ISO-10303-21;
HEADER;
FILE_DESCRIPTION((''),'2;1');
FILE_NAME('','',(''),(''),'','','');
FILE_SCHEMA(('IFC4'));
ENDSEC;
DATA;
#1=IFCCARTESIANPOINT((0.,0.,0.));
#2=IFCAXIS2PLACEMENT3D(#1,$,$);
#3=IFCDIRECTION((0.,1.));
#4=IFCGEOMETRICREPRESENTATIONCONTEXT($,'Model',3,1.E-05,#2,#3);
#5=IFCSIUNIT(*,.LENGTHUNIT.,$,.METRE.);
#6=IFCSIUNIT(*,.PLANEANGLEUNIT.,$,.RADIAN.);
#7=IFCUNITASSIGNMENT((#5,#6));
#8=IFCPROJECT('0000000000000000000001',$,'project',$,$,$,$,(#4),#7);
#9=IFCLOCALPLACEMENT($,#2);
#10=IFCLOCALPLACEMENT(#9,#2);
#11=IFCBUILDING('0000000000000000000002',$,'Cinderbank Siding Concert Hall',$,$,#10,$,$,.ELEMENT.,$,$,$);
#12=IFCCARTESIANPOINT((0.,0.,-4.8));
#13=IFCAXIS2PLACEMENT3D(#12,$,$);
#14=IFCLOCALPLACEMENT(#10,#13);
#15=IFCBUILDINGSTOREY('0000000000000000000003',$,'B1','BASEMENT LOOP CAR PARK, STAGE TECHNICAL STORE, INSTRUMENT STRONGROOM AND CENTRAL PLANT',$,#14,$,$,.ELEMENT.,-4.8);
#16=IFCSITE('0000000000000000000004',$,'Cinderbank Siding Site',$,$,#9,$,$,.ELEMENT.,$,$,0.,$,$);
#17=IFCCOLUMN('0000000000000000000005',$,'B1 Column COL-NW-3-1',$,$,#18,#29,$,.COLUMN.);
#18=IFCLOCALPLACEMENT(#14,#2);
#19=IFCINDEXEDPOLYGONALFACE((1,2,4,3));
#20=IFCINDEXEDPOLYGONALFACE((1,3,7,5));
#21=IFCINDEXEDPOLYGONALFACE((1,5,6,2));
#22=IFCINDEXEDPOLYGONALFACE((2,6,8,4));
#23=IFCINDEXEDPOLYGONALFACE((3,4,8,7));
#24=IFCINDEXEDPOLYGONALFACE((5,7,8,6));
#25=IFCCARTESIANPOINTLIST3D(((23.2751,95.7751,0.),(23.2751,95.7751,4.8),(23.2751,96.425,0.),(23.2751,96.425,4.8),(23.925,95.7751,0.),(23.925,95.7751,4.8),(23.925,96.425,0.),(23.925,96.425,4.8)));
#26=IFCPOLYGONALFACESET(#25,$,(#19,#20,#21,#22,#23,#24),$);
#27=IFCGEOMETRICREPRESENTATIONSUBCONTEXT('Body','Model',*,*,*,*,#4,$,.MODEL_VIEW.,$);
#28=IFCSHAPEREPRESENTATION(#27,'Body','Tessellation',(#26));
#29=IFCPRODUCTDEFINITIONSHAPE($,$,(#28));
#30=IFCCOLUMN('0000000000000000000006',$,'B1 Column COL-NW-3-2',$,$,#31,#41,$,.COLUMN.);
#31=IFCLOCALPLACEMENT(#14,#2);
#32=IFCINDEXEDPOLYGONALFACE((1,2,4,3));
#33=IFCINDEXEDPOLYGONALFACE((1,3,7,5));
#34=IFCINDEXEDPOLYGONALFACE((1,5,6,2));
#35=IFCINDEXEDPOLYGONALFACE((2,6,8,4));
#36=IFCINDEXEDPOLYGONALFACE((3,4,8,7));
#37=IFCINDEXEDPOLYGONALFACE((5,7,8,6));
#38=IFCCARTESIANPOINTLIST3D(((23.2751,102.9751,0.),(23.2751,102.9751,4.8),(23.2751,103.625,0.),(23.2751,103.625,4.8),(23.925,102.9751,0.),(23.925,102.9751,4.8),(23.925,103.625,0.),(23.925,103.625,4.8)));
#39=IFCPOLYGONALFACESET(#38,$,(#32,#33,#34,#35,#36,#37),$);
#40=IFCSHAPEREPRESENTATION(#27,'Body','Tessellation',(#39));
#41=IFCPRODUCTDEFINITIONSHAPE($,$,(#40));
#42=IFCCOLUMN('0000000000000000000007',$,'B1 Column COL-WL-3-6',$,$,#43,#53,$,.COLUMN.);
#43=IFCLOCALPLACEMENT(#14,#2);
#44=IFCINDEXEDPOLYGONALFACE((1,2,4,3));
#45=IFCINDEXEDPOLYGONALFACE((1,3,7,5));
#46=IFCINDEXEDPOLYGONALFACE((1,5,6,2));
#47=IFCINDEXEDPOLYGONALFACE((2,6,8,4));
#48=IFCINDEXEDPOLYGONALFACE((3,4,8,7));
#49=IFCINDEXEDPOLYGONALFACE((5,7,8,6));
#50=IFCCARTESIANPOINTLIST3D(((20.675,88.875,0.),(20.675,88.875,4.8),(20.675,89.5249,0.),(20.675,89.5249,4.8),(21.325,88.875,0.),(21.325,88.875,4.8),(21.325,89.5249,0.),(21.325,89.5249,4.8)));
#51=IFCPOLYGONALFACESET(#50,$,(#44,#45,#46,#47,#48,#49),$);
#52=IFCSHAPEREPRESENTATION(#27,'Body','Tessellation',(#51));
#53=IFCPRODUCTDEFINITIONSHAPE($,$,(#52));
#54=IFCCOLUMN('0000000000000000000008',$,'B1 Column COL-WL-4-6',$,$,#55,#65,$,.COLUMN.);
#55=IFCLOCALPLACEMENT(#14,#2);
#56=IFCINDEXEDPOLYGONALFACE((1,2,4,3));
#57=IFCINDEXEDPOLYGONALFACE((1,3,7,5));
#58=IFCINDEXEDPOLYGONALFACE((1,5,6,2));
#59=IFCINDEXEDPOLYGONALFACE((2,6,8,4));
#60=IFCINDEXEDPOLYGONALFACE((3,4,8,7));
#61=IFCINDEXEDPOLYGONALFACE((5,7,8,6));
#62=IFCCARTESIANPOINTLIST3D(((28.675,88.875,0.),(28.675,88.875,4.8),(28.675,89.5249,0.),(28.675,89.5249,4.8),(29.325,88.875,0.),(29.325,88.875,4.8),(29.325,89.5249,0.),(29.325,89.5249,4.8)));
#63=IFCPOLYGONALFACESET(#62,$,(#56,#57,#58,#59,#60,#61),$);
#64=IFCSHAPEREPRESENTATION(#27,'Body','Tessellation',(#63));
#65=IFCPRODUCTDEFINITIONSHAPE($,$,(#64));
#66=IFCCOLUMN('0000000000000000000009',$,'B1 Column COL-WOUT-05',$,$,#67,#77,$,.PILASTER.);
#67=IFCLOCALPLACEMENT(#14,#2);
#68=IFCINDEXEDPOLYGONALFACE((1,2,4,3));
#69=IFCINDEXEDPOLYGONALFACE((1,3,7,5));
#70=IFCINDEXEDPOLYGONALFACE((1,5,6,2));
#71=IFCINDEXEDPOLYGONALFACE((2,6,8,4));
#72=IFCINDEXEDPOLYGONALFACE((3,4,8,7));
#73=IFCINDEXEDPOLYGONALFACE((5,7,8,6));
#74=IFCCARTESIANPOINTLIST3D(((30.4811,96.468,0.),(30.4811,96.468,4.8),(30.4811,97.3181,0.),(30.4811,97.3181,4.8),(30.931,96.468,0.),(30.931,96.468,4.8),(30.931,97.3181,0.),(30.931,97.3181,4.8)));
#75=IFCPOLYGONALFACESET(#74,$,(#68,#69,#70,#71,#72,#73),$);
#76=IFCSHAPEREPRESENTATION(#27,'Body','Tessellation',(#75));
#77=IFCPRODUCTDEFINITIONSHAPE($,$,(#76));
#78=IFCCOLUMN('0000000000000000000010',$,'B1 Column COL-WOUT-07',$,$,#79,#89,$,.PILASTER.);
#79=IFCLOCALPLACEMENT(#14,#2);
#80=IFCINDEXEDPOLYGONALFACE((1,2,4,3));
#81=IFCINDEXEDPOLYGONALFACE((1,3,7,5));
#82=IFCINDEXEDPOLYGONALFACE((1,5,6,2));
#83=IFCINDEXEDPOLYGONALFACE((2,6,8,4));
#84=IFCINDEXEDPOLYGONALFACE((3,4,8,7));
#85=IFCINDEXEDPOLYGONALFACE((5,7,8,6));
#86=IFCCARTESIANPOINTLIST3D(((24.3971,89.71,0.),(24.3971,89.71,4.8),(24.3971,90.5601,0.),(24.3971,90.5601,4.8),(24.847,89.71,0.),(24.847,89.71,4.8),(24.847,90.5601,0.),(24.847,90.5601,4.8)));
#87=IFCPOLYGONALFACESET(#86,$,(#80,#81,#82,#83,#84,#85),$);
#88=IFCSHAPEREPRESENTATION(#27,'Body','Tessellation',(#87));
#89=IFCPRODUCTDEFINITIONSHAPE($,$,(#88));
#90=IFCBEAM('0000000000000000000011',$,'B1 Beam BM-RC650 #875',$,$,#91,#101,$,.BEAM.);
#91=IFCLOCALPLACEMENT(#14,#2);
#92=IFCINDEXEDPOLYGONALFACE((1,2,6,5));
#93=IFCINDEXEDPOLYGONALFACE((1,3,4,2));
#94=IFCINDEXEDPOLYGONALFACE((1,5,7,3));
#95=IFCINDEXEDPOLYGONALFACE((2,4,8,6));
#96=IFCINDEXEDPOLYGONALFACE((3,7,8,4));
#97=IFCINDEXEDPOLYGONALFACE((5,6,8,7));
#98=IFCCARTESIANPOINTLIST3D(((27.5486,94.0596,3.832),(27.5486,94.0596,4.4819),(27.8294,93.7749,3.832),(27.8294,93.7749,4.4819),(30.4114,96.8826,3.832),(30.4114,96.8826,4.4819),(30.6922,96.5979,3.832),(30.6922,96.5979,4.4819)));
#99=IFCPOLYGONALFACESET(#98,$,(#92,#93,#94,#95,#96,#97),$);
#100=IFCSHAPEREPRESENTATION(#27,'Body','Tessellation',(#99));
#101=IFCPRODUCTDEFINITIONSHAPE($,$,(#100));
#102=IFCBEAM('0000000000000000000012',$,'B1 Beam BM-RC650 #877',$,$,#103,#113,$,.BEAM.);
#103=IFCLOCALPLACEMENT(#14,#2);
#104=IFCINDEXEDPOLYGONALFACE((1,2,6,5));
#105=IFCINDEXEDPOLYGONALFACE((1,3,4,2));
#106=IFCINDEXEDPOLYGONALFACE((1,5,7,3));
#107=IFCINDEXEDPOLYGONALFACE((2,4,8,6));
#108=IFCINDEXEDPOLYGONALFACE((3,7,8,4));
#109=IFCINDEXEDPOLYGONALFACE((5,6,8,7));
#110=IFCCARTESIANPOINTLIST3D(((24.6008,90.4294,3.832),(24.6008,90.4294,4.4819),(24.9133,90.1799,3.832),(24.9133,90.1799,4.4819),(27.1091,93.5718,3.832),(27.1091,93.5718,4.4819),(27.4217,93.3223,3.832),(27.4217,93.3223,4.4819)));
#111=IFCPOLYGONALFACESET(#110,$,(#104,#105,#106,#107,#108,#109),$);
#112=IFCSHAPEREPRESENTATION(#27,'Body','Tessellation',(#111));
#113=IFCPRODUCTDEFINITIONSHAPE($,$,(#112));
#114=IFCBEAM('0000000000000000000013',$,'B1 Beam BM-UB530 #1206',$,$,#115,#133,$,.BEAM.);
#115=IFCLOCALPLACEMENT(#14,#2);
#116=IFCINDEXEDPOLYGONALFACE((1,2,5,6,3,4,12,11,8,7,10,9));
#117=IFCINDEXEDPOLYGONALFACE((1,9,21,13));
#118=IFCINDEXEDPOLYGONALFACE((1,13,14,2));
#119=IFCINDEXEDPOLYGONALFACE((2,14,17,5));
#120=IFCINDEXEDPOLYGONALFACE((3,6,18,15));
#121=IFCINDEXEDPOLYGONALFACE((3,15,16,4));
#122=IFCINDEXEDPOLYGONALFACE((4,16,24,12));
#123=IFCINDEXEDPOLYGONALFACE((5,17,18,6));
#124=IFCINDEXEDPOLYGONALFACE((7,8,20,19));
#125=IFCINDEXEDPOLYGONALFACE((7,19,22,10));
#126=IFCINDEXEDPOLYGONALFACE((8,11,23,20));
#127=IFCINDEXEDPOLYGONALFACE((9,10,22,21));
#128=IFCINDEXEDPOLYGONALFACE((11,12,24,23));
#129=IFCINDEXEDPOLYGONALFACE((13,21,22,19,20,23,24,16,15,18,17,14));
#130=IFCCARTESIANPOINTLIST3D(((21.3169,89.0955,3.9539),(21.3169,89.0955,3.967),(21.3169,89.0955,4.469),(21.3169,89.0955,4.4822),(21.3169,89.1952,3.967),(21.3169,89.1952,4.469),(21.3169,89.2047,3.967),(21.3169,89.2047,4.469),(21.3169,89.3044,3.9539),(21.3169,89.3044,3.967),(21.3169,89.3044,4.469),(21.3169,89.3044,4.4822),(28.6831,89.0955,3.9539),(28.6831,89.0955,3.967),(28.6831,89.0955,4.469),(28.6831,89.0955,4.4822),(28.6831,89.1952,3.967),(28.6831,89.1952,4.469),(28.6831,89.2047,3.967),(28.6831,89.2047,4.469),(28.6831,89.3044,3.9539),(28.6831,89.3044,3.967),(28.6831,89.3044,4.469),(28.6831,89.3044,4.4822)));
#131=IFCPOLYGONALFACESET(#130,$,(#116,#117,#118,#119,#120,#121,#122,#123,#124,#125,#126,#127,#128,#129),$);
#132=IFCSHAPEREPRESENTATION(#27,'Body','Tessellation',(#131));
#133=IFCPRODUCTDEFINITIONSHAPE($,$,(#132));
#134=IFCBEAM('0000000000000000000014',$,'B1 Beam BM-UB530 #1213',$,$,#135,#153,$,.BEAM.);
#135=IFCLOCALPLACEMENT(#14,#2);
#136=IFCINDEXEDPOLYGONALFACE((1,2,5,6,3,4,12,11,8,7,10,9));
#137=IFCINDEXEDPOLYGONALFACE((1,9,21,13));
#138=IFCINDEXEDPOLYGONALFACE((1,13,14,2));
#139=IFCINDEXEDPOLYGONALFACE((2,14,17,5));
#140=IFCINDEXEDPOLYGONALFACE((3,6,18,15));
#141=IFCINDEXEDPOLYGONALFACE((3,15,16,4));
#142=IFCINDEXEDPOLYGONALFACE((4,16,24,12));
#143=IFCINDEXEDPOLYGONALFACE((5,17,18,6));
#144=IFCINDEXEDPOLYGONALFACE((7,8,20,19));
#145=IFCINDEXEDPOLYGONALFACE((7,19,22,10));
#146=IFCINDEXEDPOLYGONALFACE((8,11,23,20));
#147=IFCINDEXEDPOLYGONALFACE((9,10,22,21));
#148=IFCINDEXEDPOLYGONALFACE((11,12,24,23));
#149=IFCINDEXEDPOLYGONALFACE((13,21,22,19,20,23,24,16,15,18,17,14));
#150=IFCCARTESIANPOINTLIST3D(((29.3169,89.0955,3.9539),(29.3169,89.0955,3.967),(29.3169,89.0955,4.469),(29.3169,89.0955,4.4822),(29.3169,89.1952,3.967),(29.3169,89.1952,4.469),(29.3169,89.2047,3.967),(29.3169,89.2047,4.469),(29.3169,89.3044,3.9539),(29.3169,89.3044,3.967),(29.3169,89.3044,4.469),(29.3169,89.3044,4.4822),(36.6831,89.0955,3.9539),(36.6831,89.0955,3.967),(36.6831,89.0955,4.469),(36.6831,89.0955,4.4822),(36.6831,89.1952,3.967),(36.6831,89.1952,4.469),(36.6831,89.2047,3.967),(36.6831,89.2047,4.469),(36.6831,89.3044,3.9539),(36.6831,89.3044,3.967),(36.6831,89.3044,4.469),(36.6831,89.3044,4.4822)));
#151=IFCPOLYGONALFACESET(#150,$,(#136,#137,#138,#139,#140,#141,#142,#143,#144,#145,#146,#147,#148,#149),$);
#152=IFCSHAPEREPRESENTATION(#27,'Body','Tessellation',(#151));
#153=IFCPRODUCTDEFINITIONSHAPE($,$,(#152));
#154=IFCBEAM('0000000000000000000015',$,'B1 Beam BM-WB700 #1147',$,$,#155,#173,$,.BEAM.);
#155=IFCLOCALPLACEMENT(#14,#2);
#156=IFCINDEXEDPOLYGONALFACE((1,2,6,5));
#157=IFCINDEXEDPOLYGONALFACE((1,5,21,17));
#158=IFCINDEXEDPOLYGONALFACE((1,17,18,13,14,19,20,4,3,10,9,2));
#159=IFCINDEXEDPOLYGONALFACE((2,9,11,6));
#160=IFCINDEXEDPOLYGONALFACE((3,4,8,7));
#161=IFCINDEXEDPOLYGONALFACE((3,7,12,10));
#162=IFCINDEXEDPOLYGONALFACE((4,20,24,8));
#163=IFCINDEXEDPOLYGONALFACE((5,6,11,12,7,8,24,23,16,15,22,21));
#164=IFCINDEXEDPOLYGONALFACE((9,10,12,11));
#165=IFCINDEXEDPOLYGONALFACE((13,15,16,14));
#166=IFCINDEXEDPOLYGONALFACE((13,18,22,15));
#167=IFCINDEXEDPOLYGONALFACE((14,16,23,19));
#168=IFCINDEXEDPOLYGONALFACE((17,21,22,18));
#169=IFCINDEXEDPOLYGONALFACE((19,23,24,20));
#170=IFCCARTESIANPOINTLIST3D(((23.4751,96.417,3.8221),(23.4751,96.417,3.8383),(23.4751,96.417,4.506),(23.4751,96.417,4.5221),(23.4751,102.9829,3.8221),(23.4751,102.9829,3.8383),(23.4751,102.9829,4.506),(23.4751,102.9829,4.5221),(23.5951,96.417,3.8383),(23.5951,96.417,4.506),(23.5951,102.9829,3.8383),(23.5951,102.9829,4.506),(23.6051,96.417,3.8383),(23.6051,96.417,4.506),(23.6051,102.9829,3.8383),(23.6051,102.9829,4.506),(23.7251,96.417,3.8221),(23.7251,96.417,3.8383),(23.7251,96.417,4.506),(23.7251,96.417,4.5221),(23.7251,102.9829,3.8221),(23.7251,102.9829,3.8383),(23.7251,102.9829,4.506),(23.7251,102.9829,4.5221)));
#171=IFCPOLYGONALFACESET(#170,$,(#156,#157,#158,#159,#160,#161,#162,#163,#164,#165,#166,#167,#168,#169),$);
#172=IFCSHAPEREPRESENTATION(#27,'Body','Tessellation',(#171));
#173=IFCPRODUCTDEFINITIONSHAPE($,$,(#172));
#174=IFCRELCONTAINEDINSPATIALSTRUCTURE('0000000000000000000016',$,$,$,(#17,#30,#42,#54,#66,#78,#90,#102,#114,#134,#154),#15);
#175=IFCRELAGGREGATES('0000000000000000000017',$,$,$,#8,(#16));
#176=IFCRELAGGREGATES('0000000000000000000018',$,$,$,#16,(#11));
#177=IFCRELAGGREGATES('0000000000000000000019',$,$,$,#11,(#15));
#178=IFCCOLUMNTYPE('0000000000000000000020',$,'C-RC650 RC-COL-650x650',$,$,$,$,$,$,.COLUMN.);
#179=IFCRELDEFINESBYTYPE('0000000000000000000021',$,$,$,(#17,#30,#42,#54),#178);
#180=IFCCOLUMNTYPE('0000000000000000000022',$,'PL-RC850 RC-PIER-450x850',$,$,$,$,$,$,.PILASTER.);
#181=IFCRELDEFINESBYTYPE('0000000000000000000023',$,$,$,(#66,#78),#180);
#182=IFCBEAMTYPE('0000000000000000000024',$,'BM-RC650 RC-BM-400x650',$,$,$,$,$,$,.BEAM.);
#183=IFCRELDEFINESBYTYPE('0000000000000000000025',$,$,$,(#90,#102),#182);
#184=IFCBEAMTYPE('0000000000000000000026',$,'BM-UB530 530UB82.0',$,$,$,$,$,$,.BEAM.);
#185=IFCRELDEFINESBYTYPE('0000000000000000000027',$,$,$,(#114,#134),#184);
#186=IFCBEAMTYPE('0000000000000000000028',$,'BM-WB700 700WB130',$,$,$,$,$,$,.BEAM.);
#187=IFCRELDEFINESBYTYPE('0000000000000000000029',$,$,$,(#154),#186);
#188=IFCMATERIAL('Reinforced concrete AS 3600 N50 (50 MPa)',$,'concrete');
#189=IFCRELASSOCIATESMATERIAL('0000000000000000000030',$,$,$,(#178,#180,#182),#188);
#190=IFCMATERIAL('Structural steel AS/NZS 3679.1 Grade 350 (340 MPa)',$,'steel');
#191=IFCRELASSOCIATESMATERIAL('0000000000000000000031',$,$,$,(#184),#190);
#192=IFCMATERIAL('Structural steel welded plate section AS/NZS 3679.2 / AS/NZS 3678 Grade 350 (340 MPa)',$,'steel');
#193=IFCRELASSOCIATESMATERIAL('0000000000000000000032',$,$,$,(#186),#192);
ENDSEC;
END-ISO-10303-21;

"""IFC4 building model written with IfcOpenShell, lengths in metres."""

from ifc_helpers import new_model, si_unit, direction, frame, origin, origin_2d, place, context, subcontext, project, spatial, rectangle, i_section, extrude, material, material_profile, profile_set, type_object, element, save


model = new_model("IFC4")

# Units and contexts
model_context = context("Model", 3, precision=1e-05, world=origin(), true_north=direction((0.0, 1.0)))
body_context = subcontext(model_context, "Body", "Model", "MODEL_VIEW")
ifc_project = project(units=[si_unit("LENGTHUNIT", "METRE"), si_unit("PLANEANGLEUNIT", "RADIAN")], contexts=[model_context])

# Site, building, storey
site_placement = place(None, origin())
site = spatial("IfcSite", under=ifc_project, at=site_placement, Name="Cinderbank Siding Site", CompositionType="ELEMENT", RefElevation=0.0)
building_placement = place(site_placement, origin())
building = spatial("IfcBuilding", under=site, at=building_placement, Name="Cinderbank Siding Concert Hall", CompositionType="ELEMENT")
storey_placement = place(building_placement, frame((0.0, 0.0, -4.8)))
storey = spatial("IfcBuildingStorey", under=building, at=storey_placement, Name="B1", Description="BASEMENT LOOP CAR PARK, STAGE TECHNICAL STORE, INSTRUMENT STRONGROOM AND CENTRAL PLANT", CompositionType="ELEMENT", Elevation=-4.8)

# Columns
ifc_material_1 = material(Name="Reinforced concrete AS 3600 N50 (50 MPa)", Category="concrete")
ifc_material_profile_1 = material_profile(ifc_material_1, rectangle(XDim=0.6499, YDim=0.6499, at=origin_2d()), Name="RC-COL-650x650", Category="LoadBearing")
ifc_profile_set_1 = profile_set([ifc_material_profile_1], Name="Reinforced concrete AS 3600 N50 (50 MPa)")
column_type_1 = type_object("IfcColumnType", Name="C-RC650 RC-COL-650x650", PredefinedType="COLUMN", material=ifc_profile_set_1)
for number, where, z_axis, x_axis, name in (
    (1, (23.6001, 96.1001, 0.0), (0.0, 0.0, 1.0), (1.0, 0.0, 0.0), "B1 Column COL-NW-3-1"),
    (2, (23.6001, 103.3, 0.0), (0.0, 0.0, 1.0), (1.0, 0.0, 0.0), "B1 Column COL-NW-3-2"),
    (3, (21.0, 89.2, 0.0), (0.0, 0.0, 1.0), (1.0, 0.0, 0.0), "B1 Column COL-WL-3-6"),
    (4, (29.0, 89.2, 0.0), (0.0, 0.0, 1.0), (1.0, 0.0, 0.0), "B1 Column COL-WL-4-6"),
):
    element("IfcColumn", number, at=place(storey_placement, frame(where, z_axis=z_axis, x_axis=x_axis)), inside=storey, type_object=column_type_1, Name=name, PredefinedType="COLUMN", context=body_context, shape_type="SweptSolid", body=[
        extrude(rectangle(XDim=0.6499, YDim=0.6499, at=origin_2d()), origin(), (0.0, 0.0, 1.0), 4.8),
    ])
ifc_material_profile_2 = material_profile(ifc_material_1, rectangle(XDim=0.45, YDim=0.8501, at=origin_2d()), Name="RC-PIER-450x850", Category="LoadBearing")
ifc_profile_set_2 = profile_set([ifc_material_profile_2], Name="Reinforced concrete AS 3600 N50 (50 MPa)")
column_type_2 = type_object("IfcColumnType", Name="PL-RC850 RC-PIER-450x850", PredefinedType="PILASTER", material=ifc_profile_set_2)
for number, where, z_axis, x_axis, name in (
    (5, (30.7061, 96.8931, 0.0), (0.0, 0.0, 1.0), (1.0, 0.0, 0.0), "B1 Column COL-WOUT-05"),
    (6, (24.6221, 90.135, 0.0), (0.0, 0.0, 1.0), (1.0, 0.0, 0.0), "B1 Column COL-WOUT-07"),
):
    element("IfcColumn", number, at=place(storey_placement, frame(where, z_axis=z_axis, x_axis=x_axis)), inside=storey, type_object=column_type_2, Name=name, PredefinedType="PILASTER", context=body_context, shape_type="SweptSolid", body=[
        extrude(rectangle(XDim=0.45, YDim=0.8501, at=origin_2d()), origin(), (0.0, 0.0, 1.0), 4.8),
    ])

# Beams
ifc_material_profile_3 = material_profile(ifc_material_1, rectangle(XDim=0.3999, YDim=0.6499, at=origin_2d()), Name="RC-BM-400x650", Category="LoadBearing")
ifc_profile_set_3 = profile_set([ifc_material_profile_3], Name="Reinforced concrete AS 3600 N50 (50 MPa)")
beam_type_1 = type_object("IfcBeamType", Name="BM-RC650 RC-BM-400x650", PredefinedType="BEAM", material=ifc_profile_set_3)
beam_1_placement = place(storey_placement, frame((30.5518, 96.7402, 4.157), z_axis=(-0.712038, -0.702141, 0.0), x_axis=(0.702141, -0.712038, 0.0)))
element("IfcBeam", 7, at=beam_1_placement, inside=storey, type_object=beam_type_1, Name="B1 Beam BM-RC650 #875", PredefinedType="BEAM", context=body_context, shape_type="SweptSolid", body=[
    extrude(rectangle(XDim=0.3999, YDim=0.6499, at=origin_2d()), origin(), (0.0, 0.0, 1.0), 4.0205),
])
beam_2_placement = place(storey_placement, frame((27.2654, 93.447, 4.157), z_axis=(-0.623851, -0.781544, 0.0), x_axis=(0.781544, -0.623851, 0.0)))
element("IfcBeam", 8, at=beam_2_placement, inside=storey, type_object=beam_type_1, Name="B1 Beam BM-RC650 #877", PredefinedType="BEAM", context=body_context, shape_type="SweptSolid", body=[
    extrude(rectangle(XDim=0.3999, YDim=0.6499, at=origin_2d()), origin(), (0.0, 0.0, 1.0), 4.0208),
])
ifc_material_2 = material(Name="Structural steel AS/NZS 3679.1 Grade 350 (340 MPa)", Category="steel")
ifc_material_profile_4 = material_profile(ifc_material_2, i_section(OverallWidth=0.209, OverallDepth=0.5283, WebThickness=0.0095, FlangeThickness=0.0132, at=origin_2d()), Name="530UB82.0", Category="LoadBearing")
ifc_profile_set_4 = profile_set([ifc_material_profile_4], Name="Structural steel AS/NZS 3679.1 Grade 350 (340 MPa)")
beam_type_2 = type_object("IfcBeamType", Name="BM-UB530 530UB82.0", PredefinedType="BEAM", material=ifc_profile_set_4)
for number, where, z_axis, x_axis, name in (
    (9, (21.3169, 89.2, 4.218), (1.0, 0.0, 0.0), (0.0, 1.0, 0.0), "B1 Beam BM-UB530 #1206"),
    (10, (29.3169, 89.2, 4.218), (1.0, 0.0, 0.0), (0.0, 1.0, 0.0), "B1 Beam BM-UB530 #1213"),
):
    element("IfcBeam", number, at=place(storey_placement, frame(where, z_axis=z_axis, x_axis=x_axis)), inside=storey, type_object=beam_type_2, Name=name, PredefinedType="BEAM", context=body_context, shape_type="SweptSolid", body=[
        extrude(i_section(OverallWidth=0.209, OverallDepth=0.5283, WebThickness=0.0095, FlangeThickness=0.0132, at=origin_2d()), origin(), (0.0, 0.0, 1.0), 7.3662),
    ])
ifc_material_3 = material(Name="Structural steel welded plate section AS/NZS 3679.2 / AS/NZS 3678 Grade 350 (340 MPa)", Category="steel")
ifc_material_profile_5 = material_profile(ifc_material_3, i_section(OverallWidth=0.25, OverallDepth=0.7, WebThickness=0.01, FlangeThickness=0.0161, at=origin_2d()), Name="700WB130", Category="LoadBearing")
ifc_profile_set_5 = profile_set([ifc_material_profile_5], Name="Structural steel welded plate section AS/NZS 3679.2 / AS/NZS 3678 Grade 350 (340 MPa)")
beam_type_3 = type_object("IfcBeamType", Name="BM-WB700 700WB130", PredefinedType="BEAM", material=ifc_profile_set_5)
beam_3_placement = place(storey_placement, frame((23.6001, 96.417, 4.1721), z_axis=(0.0, 1.0, 0.0), x_axis=(-1.0, 0.0, 0.0)))
element("IfcBeam", 11, at=beam_3_placement, inside=storey, type_object=beam_type_3, Name="B1 Beam BM-WB700 #1147", PredefinedType="BEAM", context=body_context, shape_type="SweptSolid", body=[
    extrude(i_section(OverallWidth=0.25, OverallDepth=0.7, WebThickness=0.01, FlangeThickness=0.0161, at=origin_2d()), origin(), (0.0, 0.0, 1.0), 6.5659),
])

save(model, "model.ifc")
